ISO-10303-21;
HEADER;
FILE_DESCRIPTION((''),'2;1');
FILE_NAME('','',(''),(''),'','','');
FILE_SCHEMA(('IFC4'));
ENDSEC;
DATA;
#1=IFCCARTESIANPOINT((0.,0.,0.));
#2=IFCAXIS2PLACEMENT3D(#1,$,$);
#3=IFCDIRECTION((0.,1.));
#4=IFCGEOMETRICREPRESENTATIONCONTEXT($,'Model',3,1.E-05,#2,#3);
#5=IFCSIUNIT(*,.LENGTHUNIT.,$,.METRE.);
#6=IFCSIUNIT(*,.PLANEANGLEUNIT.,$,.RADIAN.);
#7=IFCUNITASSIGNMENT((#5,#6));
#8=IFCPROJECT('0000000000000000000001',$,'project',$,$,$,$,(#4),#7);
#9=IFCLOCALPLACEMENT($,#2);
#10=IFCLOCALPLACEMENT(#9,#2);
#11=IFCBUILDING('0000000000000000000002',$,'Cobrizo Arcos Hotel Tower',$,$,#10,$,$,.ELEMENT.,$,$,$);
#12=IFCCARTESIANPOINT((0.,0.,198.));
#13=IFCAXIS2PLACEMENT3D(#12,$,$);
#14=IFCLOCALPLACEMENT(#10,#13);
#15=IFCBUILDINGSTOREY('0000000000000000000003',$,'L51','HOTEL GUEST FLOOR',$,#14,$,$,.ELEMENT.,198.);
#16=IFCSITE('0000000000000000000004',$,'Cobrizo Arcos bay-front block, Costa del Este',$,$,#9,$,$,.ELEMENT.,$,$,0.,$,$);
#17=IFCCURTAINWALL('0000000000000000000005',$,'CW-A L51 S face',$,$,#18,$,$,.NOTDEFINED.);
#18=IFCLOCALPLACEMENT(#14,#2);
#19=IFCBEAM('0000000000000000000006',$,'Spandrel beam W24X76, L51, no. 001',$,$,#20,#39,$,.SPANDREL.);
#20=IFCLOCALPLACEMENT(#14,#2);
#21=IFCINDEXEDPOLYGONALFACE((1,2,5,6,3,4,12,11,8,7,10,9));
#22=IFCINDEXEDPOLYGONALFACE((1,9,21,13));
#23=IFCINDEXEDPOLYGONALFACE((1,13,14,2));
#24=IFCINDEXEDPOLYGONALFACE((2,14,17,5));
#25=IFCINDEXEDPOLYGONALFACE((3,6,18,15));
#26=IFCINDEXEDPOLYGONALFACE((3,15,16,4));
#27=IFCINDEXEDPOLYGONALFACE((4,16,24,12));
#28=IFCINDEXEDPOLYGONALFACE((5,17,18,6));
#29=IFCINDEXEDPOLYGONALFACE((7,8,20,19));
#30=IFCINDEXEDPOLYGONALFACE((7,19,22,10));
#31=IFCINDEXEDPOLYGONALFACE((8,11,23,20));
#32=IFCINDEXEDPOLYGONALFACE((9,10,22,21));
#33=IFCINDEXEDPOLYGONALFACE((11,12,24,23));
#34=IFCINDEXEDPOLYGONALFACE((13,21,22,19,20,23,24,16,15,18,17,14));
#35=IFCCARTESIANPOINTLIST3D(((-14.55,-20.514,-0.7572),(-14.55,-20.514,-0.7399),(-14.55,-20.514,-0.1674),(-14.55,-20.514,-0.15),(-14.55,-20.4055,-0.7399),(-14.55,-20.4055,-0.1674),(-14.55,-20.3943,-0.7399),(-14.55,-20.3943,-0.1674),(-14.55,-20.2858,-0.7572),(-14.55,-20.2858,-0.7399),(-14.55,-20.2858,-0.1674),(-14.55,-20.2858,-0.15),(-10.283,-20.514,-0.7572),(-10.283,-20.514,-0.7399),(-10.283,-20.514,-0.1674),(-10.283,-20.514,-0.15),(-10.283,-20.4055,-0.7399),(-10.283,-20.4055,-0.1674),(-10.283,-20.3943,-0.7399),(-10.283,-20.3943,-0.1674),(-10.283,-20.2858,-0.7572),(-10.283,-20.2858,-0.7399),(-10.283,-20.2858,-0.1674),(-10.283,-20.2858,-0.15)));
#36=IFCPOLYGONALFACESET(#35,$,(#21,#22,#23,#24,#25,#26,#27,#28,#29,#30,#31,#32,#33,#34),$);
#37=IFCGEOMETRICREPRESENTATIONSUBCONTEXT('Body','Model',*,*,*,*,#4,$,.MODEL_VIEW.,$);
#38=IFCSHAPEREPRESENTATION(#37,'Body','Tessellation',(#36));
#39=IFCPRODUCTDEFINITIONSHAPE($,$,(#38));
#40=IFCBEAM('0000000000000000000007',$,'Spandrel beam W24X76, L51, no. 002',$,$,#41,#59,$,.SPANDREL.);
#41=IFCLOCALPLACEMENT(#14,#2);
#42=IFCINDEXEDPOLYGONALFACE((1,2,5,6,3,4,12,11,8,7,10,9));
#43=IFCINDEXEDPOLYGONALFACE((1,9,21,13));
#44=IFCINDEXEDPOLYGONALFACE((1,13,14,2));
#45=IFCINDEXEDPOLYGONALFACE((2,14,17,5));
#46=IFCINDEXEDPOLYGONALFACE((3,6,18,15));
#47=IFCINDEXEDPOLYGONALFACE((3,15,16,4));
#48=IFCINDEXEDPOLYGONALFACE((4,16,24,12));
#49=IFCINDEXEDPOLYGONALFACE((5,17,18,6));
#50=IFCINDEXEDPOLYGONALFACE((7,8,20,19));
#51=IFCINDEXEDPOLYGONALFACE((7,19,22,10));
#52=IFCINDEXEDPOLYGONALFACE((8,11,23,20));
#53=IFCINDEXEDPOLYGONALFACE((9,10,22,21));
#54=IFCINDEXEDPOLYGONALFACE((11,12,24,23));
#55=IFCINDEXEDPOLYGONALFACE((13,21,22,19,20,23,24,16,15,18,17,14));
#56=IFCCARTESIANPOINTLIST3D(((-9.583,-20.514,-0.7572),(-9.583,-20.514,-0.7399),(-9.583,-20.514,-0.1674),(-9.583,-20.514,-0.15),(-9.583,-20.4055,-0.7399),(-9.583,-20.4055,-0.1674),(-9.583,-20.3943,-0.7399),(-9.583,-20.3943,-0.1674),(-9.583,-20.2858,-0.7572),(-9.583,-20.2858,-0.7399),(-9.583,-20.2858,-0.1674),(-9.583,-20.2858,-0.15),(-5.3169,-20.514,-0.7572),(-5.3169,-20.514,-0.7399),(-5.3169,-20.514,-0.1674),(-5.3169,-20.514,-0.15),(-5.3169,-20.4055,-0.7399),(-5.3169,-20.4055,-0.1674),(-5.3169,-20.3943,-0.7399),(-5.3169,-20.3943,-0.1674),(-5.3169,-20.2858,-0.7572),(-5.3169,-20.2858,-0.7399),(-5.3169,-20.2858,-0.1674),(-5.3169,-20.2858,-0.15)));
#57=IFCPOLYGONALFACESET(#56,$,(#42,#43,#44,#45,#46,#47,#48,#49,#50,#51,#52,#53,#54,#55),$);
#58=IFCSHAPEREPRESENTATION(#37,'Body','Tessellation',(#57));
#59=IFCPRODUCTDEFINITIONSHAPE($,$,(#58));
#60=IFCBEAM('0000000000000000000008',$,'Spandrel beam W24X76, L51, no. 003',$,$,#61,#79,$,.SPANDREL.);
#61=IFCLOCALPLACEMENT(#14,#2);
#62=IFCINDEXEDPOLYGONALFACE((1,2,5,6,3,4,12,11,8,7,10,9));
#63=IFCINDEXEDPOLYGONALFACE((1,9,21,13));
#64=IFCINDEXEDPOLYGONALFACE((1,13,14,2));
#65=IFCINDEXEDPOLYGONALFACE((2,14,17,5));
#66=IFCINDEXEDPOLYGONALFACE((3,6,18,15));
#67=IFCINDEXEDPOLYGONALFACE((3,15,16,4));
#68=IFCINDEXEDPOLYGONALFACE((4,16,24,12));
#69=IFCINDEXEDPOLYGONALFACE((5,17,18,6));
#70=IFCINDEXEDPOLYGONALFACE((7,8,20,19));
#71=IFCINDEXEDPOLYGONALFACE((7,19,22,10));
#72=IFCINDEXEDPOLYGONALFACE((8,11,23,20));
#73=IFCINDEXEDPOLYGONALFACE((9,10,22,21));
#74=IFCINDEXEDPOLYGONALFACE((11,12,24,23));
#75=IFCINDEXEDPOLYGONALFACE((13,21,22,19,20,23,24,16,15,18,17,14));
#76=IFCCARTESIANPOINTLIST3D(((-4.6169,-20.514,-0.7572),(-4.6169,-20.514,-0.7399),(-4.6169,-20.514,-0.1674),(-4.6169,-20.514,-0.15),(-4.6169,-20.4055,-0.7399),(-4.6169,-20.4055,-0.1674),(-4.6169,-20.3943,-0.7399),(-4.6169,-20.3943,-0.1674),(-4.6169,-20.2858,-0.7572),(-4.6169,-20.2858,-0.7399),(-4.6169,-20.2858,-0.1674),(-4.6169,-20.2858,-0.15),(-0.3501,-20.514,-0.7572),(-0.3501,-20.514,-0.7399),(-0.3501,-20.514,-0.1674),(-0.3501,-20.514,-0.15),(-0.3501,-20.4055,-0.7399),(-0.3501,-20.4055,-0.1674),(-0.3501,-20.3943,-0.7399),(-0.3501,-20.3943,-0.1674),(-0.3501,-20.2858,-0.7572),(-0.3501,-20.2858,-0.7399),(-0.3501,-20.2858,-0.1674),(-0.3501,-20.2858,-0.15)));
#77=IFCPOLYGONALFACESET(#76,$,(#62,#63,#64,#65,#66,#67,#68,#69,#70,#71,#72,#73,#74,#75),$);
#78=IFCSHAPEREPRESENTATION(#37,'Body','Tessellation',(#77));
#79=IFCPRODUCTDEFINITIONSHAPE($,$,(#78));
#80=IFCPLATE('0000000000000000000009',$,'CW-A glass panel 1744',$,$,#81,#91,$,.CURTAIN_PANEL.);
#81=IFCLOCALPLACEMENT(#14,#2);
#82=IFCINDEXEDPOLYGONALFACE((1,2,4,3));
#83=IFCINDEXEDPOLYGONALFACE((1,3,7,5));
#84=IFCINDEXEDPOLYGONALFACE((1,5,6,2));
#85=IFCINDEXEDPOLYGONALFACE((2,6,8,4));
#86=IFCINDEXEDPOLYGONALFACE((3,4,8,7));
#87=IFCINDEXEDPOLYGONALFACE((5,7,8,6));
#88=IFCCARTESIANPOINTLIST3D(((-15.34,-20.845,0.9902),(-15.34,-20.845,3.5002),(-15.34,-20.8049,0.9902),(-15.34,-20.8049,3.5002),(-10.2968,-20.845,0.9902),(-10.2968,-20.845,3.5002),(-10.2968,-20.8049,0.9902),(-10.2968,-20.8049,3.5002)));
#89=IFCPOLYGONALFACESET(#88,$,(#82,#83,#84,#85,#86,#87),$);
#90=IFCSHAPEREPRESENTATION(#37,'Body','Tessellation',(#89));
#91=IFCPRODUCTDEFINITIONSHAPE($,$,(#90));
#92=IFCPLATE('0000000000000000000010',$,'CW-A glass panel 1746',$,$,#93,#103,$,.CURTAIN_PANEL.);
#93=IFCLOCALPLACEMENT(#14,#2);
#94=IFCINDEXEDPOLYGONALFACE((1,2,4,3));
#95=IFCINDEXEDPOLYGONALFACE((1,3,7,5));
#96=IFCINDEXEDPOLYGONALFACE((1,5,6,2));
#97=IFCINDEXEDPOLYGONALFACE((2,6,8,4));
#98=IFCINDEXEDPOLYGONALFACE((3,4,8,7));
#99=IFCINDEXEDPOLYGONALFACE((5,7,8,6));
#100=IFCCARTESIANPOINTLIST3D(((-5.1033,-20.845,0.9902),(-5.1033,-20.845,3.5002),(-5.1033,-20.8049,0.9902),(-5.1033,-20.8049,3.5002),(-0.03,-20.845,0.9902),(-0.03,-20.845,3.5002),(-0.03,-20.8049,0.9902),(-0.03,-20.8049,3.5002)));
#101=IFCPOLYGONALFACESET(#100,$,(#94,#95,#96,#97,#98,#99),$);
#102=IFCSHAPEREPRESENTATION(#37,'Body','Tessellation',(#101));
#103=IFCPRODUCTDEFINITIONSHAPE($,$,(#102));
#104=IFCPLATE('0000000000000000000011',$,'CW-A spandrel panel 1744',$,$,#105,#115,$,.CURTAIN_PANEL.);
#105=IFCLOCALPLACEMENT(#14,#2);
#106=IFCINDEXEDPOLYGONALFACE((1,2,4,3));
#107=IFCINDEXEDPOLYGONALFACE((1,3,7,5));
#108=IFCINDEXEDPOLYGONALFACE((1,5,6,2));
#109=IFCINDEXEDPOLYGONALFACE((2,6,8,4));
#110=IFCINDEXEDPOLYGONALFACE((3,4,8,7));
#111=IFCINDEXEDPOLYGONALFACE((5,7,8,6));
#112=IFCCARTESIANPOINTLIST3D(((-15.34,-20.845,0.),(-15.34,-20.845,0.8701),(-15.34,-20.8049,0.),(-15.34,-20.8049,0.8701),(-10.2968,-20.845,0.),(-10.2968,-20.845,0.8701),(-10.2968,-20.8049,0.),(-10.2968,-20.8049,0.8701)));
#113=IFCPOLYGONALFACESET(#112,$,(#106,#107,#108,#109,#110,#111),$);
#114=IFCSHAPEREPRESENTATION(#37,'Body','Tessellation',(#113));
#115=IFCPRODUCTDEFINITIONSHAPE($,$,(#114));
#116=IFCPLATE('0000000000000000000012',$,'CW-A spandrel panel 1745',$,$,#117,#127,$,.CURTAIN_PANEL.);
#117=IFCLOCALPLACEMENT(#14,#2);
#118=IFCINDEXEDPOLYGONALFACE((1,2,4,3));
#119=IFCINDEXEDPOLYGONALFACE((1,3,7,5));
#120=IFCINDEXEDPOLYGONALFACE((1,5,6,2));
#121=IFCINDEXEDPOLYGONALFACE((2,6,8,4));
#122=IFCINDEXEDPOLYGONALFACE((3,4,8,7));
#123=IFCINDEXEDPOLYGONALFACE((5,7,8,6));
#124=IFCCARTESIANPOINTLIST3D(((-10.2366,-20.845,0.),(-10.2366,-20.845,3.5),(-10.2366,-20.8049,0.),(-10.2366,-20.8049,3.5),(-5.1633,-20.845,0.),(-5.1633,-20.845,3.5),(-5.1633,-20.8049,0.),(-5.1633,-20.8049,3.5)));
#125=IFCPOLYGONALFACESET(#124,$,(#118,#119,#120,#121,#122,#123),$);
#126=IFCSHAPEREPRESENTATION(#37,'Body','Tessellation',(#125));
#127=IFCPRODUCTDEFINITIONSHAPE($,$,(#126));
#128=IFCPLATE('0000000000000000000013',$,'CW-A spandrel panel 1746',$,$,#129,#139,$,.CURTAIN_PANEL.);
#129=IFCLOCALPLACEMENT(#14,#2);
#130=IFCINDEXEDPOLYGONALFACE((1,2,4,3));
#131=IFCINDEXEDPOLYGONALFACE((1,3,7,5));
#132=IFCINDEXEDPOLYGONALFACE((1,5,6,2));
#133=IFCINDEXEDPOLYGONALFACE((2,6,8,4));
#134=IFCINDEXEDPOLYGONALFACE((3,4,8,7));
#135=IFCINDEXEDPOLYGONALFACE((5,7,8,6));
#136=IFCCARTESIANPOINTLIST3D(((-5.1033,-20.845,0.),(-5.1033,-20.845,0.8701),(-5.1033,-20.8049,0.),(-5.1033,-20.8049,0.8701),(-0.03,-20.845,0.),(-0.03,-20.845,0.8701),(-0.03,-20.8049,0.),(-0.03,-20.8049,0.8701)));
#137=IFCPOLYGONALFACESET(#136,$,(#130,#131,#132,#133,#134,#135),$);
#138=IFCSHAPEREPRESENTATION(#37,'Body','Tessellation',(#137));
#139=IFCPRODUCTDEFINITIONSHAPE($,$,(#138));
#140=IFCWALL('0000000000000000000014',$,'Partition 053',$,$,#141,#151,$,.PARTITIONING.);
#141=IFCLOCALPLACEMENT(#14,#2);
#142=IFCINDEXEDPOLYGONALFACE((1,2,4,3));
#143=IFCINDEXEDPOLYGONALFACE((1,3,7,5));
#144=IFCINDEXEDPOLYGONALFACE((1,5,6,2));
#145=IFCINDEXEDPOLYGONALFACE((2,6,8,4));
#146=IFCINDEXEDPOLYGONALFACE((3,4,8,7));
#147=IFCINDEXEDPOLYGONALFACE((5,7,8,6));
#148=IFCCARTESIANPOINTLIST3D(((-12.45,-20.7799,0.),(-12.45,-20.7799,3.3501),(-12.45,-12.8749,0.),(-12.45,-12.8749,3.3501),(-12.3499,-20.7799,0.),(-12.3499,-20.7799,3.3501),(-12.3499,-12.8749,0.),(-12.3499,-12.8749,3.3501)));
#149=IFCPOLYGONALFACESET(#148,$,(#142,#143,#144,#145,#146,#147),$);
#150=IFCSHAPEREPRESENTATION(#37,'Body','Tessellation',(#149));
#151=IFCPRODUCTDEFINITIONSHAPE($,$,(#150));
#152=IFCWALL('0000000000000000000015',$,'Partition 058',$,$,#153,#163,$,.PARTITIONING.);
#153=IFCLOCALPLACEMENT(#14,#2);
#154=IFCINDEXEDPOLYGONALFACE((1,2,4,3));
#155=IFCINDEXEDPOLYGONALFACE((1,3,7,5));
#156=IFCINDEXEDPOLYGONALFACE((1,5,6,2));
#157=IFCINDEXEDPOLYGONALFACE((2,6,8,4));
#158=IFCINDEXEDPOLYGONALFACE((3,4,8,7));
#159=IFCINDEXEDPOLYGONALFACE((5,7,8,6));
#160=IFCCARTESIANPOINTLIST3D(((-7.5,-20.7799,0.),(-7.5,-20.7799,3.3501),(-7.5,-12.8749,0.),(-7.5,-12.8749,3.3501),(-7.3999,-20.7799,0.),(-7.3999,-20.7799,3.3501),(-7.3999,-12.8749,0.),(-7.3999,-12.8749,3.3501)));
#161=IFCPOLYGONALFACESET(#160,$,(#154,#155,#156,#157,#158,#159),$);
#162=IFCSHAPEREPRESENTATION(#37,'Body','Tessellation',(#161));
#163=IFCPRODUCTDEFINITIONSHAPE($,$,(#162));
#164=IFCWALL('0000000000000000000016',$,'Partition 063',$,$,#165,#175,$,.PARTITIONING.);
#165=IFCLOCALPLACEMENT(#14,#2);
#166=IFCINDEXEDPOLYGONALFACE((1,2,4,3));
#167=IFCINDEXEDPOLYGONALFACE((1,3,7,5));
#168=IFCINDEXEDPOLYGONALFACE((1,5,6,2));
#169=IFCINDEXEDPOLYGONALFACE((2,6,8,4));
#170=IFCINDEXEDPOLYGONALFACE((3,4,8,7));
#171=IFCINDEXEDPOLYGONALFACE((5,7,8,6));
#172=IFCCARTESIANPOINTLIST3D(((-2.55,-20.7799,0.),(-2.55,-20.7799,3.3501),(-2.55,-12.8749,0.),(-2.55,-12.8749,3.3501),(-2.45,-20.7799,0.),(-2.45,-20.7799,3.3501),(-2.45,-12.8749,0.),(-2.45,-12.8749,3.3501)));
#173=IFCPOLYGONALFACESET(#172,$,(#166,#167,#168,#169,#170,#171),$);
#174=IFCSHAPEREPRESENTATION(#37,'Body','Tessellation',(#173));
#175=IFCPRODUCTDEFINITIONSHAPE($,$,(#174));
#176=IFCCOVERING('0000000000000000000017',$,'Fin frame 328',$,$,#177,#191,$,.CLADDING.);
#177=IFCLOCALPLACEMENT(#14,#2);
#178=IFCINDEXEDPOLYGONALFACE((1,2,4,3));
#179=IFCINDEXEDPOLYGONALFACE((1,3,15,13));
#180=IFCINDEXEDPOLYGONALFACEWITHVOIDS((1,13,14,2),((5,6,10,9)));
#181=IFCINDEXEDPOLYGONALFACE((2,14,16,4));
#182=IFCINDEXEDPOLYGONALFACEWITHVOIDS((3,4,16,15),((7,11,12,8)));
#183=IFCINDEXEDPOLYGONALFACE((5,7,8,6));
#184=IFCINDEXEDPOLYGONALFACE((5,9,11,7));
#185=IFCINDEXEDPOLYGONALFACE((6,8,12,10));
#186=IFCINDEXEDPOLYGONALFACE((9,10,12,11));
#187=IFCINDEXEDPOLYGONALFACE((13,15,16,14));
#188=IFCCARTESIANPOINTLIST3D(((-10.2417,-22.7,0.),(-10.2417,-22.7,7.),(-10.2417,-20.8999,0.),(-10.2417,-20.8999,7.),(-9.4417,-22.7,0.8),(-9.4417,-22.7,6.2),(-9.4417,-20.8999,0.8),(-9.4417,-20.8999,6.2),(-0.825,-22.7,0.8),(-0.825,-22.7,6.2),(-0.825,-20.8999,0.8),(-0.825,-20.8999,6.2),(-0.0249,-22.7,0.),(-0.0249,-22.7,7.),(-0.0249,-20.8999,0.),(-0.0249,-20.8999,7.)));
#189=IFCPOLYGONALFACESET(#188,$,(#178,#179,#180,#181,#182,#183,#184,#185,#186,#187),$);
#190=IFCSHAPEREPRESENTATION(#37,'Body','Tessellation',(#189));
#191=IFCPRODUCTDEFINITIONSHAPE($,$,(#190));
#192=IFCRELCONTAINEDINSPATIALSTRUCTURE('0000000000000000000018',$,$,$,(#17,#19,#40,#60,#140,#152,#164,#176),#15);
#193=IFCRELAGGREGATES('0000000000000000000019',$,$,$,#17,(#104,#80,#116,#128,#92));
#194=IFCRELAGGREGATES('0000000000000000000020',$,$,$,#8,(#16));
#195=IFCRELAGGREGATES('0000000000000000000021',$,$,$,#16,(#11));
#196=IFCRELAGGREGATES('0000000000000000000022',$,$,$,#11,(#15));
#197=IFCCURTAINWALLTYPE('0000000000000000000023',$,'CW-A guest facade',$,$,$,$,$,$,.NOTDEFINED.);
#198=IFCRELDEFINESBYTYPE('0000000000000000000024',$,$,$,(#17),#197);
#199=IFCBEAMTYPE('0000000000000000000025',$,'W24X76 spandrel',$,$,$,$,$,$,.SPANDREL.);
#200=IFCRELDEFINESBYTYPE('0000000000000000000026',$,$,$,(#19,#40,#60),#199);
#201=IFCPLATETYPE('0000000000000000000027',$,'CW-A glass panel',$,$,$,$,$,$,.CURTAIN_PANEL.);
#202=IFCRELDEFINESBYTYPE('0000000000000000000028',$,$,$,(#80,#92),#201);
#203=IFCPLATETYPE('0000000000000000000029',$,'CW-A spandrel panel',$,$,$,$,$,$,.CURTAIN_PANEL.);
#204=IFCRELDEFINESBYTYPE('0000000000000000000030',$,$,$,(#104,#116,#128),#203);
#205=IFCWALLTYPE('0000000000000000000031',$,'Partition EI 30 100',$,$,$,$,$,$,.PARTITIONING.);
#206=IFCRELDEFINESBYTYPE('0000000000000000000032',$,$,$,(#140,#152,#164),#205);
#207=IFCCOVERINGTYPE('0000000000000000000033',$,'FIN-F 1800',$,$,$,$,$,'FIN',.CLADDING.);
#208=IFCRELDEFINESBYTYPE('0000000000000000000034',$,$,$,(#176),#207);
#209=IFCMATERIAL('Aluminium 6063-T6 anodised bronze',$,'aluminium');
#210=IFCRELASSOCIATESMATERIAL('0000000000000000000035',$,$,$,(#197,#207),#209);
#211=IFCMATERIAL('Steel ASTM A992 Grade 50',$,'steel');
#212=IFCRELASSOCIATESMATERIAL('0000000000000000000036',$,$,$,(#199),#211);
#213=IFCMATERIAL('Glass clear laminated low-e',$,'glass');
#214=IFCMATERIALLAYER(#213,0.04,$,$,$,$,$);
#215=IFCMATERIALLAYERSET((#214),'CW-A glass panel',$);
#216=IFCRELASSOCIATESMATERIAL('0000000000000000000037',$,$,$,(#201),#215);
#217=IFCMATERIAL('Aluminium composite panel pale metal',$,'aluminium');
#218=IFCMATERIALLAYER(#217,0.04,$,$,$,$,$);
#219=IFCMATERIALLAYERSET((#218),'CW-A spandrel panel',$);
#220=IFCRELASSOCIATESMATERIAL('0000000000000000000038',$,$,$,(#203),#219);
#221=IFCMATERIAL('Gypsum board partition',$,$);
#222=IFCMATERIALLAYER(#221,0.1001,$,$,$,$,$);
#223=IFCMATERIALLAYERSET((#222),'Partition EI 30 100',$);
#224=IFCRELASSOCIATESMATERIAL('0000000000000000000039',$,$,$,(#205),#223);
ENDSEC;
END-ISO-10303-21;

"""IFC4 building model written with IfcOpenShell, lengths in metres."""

from ifc_helpers import new_model, si_unit, direction, frame, frame_2d, origin, origin_2d, place, context, subcontext, project, spatial, polyline, rectangle, i_section, outline, extrude, material, layer, layer_set, material_profile, profile_set, type_object, element, aggregate, save


model = new_model("IFC4")

# Units and contexts
model_context = context("Model", 3, precision=1e-05, world=origin(), true_north=direction((0.0, 1.0)))
body_context = subcontext(model_context, "Body", "Model", "MODEL_VIEW")
ifc_project = project(units=[si_unit("LENGTHUNIT", "METRE"), si_unit("PLANEANGLEUNIT", "RADIAN")], contexts=[model_context])

# Site, building, storey
site_placement = place(None, origin())
site = spatial("IfcSite", under=ifc_project, at=site_placement, Name="Cobrizo Arcos bay-front block, Costa del Este", CompositionType="ELEMENT", RefElevation=0.0)
building_placement = place(site_placement, origin())
building = spatial("IfcBuilding", under=site, at=building_placement, Name="Cobrizo Arcos Hotel Tower", CompositionType="ELEMENT")
storey_placement = place(building_placement, frame((0.0, 0.0, 198.0)))
storey = spatial("IfcBuildingStorey", under=building, at=storey_placement, Name="L51", Description="HOTEL GUEST FLOOR", CompositionType="ELEMENT", Elevation=198.0)

# Curtain wall
ifc_material_1 = material(Name="Aluminium 6063-T6 anodised bronze", Category="aluminium")
curtain_wall_type = type_object("IfcCurtainWallType", Name="CW-A guest facade", PredefinedType="NOTDEFINED", material=ifc_material_1)
curtain_wall_placement = place(storey_placement, origin())
curtain_wall = element("IfcCurtainWall", 1, at=curtain_wall_placement, inside=storey, type_object=curtain_wall_type, Name="CW-A L51 S face", PredefinedType="NOTDEFINED")

# Beams
ifc_material_2 = material(Name="Steel ASTM A992 Grade 50", Category="steel")
ifc_material_profile_1 = material_profile(ifc_material_2, i_section(OverallWidth=0.2283, OverallDepth=0.6072, WebThickness=0.0112, FlangeThickness=0.0173, at=origin_2d()), Name="W24X76")
ifc_profile_set_1 = profile_set([ifc_material_profile_1], Name="Steel ASTM A992 Grade 50")
beam_type_1 = type_object("IfcBeamType", Name="W24X76 spandrel", PredefinedType="SPANDREL", material=ifc_profile_set_1)
beam_1_placement = place(storey_placement, frame((-14.55, -20.3999, -0.4536), z_axis=(1.0, 0.0, 0.0), x_axis=(0.0, 1.0, 0.0)))
element("IfcBeam", 2, at=beam_1_placement, inside=storey, type_object=beam_type_1, Name="Spandrel beam W24X76, L51, no. 001", PredefinedType="SPANDREL", context=body_context, shape_type="SweptSolid", body=[
    extrude(i_section(OverallWidth=0.2283, OverallDepth=0.6072, WebThickness=0.0112, FlangeThickness=0.0173, at=origin_2d()), origin(), (0.0, 0.0, 1.0), 4.2671),
])
beam_2_placement = place(storey_placement, frame((-9.583, -20.3999, -0.4536), z_axis=(1.0, 0.0, 0.0), x_axis=(0.0, 1.0, 0.0)))
element("IfcBeam", 3, at=beam_2_placement, inside=storey, type_object=beam_type_1, Name="Spandrel beam W24X76, L51, no. 002", PredefinedType="SPANDREL", context=body_context, shape_type="SweptSolid", body=[
    extrude(i_section(OverallWidth=0.2283, OverallDepth=0.6072, WebThickness=0.0112, FlangeThickness=0.0173, at=origin_2d()), origin(), (0.0, 0.0, 1.0), 4.2661),
])
beam_3_placement = place(storey_placement, frame((-4.6169, -20.3999, -0.4536), z_axis=(1.0, 0.0, 0.0), x_axis=(0.0, 1.0, 0.0)))
element("IfcBeam", 4, at=beam_3_placement, inside=storey, type_object=beam_type_1, Name="Spandrel beam W24X76, L51, no. 003", PredefinedType="SPANDREL", context=body_context, shape_type="SweptSolid", body=[
    extrude(i_section(OverallWidth=0.2283, OverallDepth=0.6072, WebThickness=0.0112, FlangeThickness=0.0173, at=origin_2d()), origin(), (0.0, 0.0, 1.0), 4.2668),
])

# Plates
ifc_material_3 = material(Name="Glass clear laminated low-e", Category="glass")
ifc_layer_1 = layer(ifc_material_3, 0.04)
ifc_layer_set_1 = layer_set([ifc_layer_1], Name="CW-A glass panel")
plate_type_1 = type_object("IfcPlateType", Name="CW-A glass panel", PredefinedType="CURTAIN_PANEL", material=ifc_layer_set_1)
plate_1_placement = place(storey_placement, frame((-12.8184, -20.825, 0.9902), z_axis=(0.0, 0.0, 1.0), x_axis=(1.0, 0.0, 0.0)))
plate_1 = element("IfcPlate", 5, at=plate_1_placement, type_object=plate_type_1, Name="CW-A glass panel 1744", PredefinedType="CURTAIN_PANEL", context=body_context, shape_type="SweptSolid", body=[
    extrude(rectangle(XDim=5.0432, YDim=0.04, at=origin_2d()), origin(), (0.0, 0.0, 1.0), 2.51),
])
plate_2_placement = place(storey_placement, frame((-2.5667, -20.825, 0.9902), z_axis=(0.0, 0.0, 1.0), x_axis=(1.0, 0.0, 0.0)))
plate_2 = element("IfcPlate", 6, at=plate_2_placement, type_object=plate_type_1, Name="CW-A glass panel 1746", PredefinedType="CURTAIN_PANEL", context=body_context, shape_type="SweptSolid", body=[
    extrude(rectangle(XDim=5.0732, YDim=0.04, at=origin_2d()), origin(), (0.0, 0.0, 1.0), 2.51),
])
ifc_material_4 = material(Name="Aluminium composite panel pale metal", Category="aluminium")
ifc_layer_2 = layer(ifc_material_4, 0.04)
ifc_layer_set_2 = layer_set([ifc_layer_2], Name="CW-A spandrel panel")
plate_type_2 = type_object("IfcPlateType", Name="CW-A spandrel panel", PredefinedType="CURTAIN_PANEL", material=ifc_layer_set_2)
plate_3_placement = place(storey_placement, frame((-12.8184, -20.825, 0.0), z_axis=(0.0, 0.0, 1.0), x_axis=(1.0, 0.0, 0.0)))
plate_3 = element("IfcPlate", 7, at=plate_3_placement, type_object=plate_type_2, Name="CW-A spandrel panel 1744", PredefinedType="CURTAIN_PANEL", context=body_context, shape_type="SweptSolid", body=[
    extrude(rectangle(XDim=5.0432, YDim=0.04, at=origin_2d()), origin(), (0.0, 0.0, 1.0), 0.8701),
])
plate_4_placement = place(storey_placement, frame((-7.7, -20.825, 0.0), z_axis=(0.0, 0.0, 1.0), x_axis=(1.0, 0.0, 0.0)))
plate_4 = element("IfcPlate", 8, at=plate_4_placement, type_object=plate_type_2, Name="CW-A spandrel panel 1745", PredefinedType="CURTAIN_PANEL", context=body_context, shape_type="SweptSolid", body=[
    extrude(rectangle(XDim=5.0732, YDim=0.04, at=origin_2d()), origin(), (0.0, 0.0, 1.0), 3.5),
])
plate_5_placement = place(storey_placement, frame((-2.5667, -20.825, 0.0), z_axis=(0.0, 0.0, 1.0), x_axis=(1.0, 0.0, 0.0)))
plate_5 = element("IfcPlate", 9, at=plate_5_placement, type_object=plate_type_2, Name="CW-A spandrel panel 1746", PredefinedType="CURTAIN_PANEL", context=body_context, shape_type="SweptSolid", body=[
    extrude(rectangle(XDim=5.0732, YDim=0.04, at=origin_2d()), origin(), (0.0, 0.0, 1.0), 0.8701),
])
aggregate(curtain_wall, [plate_3, plate_1, plate_4, plate_5, plate_2])

# Walls
ifc_material_5 = material(Name="Gypsum board partition")
ifc_layer_3 = layer(ifc_material_5, 0.1001)
ifc_layer_set_3 = layer_set([ifc_layer_3], Name="Partition EI 30 100")
wall_type = type_object("IfcWallType", Name="Partition EI 30 100", PredefinedType="PARTITIONING", material=ifc_layer_set_3)
for number, where, z_axis, x_axis, name in (
    (10, (-12.3999, -20.78, 0.0), (0.0, 0.0, 1.0), (0.0, 1.0, 0.0), "Partition 053"),
    (11, (-7.45, -20.78, 0.0), (0.0, 0.0, 1.0), (0.0, 1.0, 0.0), "Partition 058"),
    (12, (-2.5, -20.78, 0.0), (0.0, 0.0, 1.0), (0.0, 1.0, 0.0), "Partition 063"),
):
    element("IfcWall", number, at=place(storey_placement, frame(where, z_axis=z_axis, x_axis=x_axis)), inside=storey, type_object=wall_type, Name=name, PredefinedType="PARTITIONING", context=body_context, shape_type="SweptSolid", body=[
        extrude(rectangle(XDim=7.905, YDim=0.1001, at=frame_2d((3.9526, 0.0))), origin(), (0.0, 0.0, 1.0), 3.3501),
    ])

# Covering
covering_type_1 = type_object("IfcCoveringType", Name="FIN-F 1800", ElementType="FIN", PredefinedType="CLADDING", material=ifc_material_1)
covering_1_placement = place(storey_placement, frame((-10.2417, -20.8999, 0.0), z_axis=(0.0, -1.0, 0.0), x_axis=(1.0, 0.0, 0.0)))
element("IfcCovering", 13, at=covering_1_placement, inside=storey, type_object=covering_type_1, Name="Fin frame 328", PredefinedType="CLADDING", context=body_context, shape_type="SweptSolid", body=[
    extrude(outline(polyline([(0.0, 7.0), (0.0, 0.0), (10.2168, 0.0), (10.2168, 7.0), (0.0, 7.0)]), holes=[polyline([(9.4167, 0.8), (0.8, 0.8), (0.8, 6.2), (9.4167, 6.2), (9.4167, 0.8)])]), origin(), (0.0, 0.0, 1.0), 1.8),
])

save(model, "model.ifc")
